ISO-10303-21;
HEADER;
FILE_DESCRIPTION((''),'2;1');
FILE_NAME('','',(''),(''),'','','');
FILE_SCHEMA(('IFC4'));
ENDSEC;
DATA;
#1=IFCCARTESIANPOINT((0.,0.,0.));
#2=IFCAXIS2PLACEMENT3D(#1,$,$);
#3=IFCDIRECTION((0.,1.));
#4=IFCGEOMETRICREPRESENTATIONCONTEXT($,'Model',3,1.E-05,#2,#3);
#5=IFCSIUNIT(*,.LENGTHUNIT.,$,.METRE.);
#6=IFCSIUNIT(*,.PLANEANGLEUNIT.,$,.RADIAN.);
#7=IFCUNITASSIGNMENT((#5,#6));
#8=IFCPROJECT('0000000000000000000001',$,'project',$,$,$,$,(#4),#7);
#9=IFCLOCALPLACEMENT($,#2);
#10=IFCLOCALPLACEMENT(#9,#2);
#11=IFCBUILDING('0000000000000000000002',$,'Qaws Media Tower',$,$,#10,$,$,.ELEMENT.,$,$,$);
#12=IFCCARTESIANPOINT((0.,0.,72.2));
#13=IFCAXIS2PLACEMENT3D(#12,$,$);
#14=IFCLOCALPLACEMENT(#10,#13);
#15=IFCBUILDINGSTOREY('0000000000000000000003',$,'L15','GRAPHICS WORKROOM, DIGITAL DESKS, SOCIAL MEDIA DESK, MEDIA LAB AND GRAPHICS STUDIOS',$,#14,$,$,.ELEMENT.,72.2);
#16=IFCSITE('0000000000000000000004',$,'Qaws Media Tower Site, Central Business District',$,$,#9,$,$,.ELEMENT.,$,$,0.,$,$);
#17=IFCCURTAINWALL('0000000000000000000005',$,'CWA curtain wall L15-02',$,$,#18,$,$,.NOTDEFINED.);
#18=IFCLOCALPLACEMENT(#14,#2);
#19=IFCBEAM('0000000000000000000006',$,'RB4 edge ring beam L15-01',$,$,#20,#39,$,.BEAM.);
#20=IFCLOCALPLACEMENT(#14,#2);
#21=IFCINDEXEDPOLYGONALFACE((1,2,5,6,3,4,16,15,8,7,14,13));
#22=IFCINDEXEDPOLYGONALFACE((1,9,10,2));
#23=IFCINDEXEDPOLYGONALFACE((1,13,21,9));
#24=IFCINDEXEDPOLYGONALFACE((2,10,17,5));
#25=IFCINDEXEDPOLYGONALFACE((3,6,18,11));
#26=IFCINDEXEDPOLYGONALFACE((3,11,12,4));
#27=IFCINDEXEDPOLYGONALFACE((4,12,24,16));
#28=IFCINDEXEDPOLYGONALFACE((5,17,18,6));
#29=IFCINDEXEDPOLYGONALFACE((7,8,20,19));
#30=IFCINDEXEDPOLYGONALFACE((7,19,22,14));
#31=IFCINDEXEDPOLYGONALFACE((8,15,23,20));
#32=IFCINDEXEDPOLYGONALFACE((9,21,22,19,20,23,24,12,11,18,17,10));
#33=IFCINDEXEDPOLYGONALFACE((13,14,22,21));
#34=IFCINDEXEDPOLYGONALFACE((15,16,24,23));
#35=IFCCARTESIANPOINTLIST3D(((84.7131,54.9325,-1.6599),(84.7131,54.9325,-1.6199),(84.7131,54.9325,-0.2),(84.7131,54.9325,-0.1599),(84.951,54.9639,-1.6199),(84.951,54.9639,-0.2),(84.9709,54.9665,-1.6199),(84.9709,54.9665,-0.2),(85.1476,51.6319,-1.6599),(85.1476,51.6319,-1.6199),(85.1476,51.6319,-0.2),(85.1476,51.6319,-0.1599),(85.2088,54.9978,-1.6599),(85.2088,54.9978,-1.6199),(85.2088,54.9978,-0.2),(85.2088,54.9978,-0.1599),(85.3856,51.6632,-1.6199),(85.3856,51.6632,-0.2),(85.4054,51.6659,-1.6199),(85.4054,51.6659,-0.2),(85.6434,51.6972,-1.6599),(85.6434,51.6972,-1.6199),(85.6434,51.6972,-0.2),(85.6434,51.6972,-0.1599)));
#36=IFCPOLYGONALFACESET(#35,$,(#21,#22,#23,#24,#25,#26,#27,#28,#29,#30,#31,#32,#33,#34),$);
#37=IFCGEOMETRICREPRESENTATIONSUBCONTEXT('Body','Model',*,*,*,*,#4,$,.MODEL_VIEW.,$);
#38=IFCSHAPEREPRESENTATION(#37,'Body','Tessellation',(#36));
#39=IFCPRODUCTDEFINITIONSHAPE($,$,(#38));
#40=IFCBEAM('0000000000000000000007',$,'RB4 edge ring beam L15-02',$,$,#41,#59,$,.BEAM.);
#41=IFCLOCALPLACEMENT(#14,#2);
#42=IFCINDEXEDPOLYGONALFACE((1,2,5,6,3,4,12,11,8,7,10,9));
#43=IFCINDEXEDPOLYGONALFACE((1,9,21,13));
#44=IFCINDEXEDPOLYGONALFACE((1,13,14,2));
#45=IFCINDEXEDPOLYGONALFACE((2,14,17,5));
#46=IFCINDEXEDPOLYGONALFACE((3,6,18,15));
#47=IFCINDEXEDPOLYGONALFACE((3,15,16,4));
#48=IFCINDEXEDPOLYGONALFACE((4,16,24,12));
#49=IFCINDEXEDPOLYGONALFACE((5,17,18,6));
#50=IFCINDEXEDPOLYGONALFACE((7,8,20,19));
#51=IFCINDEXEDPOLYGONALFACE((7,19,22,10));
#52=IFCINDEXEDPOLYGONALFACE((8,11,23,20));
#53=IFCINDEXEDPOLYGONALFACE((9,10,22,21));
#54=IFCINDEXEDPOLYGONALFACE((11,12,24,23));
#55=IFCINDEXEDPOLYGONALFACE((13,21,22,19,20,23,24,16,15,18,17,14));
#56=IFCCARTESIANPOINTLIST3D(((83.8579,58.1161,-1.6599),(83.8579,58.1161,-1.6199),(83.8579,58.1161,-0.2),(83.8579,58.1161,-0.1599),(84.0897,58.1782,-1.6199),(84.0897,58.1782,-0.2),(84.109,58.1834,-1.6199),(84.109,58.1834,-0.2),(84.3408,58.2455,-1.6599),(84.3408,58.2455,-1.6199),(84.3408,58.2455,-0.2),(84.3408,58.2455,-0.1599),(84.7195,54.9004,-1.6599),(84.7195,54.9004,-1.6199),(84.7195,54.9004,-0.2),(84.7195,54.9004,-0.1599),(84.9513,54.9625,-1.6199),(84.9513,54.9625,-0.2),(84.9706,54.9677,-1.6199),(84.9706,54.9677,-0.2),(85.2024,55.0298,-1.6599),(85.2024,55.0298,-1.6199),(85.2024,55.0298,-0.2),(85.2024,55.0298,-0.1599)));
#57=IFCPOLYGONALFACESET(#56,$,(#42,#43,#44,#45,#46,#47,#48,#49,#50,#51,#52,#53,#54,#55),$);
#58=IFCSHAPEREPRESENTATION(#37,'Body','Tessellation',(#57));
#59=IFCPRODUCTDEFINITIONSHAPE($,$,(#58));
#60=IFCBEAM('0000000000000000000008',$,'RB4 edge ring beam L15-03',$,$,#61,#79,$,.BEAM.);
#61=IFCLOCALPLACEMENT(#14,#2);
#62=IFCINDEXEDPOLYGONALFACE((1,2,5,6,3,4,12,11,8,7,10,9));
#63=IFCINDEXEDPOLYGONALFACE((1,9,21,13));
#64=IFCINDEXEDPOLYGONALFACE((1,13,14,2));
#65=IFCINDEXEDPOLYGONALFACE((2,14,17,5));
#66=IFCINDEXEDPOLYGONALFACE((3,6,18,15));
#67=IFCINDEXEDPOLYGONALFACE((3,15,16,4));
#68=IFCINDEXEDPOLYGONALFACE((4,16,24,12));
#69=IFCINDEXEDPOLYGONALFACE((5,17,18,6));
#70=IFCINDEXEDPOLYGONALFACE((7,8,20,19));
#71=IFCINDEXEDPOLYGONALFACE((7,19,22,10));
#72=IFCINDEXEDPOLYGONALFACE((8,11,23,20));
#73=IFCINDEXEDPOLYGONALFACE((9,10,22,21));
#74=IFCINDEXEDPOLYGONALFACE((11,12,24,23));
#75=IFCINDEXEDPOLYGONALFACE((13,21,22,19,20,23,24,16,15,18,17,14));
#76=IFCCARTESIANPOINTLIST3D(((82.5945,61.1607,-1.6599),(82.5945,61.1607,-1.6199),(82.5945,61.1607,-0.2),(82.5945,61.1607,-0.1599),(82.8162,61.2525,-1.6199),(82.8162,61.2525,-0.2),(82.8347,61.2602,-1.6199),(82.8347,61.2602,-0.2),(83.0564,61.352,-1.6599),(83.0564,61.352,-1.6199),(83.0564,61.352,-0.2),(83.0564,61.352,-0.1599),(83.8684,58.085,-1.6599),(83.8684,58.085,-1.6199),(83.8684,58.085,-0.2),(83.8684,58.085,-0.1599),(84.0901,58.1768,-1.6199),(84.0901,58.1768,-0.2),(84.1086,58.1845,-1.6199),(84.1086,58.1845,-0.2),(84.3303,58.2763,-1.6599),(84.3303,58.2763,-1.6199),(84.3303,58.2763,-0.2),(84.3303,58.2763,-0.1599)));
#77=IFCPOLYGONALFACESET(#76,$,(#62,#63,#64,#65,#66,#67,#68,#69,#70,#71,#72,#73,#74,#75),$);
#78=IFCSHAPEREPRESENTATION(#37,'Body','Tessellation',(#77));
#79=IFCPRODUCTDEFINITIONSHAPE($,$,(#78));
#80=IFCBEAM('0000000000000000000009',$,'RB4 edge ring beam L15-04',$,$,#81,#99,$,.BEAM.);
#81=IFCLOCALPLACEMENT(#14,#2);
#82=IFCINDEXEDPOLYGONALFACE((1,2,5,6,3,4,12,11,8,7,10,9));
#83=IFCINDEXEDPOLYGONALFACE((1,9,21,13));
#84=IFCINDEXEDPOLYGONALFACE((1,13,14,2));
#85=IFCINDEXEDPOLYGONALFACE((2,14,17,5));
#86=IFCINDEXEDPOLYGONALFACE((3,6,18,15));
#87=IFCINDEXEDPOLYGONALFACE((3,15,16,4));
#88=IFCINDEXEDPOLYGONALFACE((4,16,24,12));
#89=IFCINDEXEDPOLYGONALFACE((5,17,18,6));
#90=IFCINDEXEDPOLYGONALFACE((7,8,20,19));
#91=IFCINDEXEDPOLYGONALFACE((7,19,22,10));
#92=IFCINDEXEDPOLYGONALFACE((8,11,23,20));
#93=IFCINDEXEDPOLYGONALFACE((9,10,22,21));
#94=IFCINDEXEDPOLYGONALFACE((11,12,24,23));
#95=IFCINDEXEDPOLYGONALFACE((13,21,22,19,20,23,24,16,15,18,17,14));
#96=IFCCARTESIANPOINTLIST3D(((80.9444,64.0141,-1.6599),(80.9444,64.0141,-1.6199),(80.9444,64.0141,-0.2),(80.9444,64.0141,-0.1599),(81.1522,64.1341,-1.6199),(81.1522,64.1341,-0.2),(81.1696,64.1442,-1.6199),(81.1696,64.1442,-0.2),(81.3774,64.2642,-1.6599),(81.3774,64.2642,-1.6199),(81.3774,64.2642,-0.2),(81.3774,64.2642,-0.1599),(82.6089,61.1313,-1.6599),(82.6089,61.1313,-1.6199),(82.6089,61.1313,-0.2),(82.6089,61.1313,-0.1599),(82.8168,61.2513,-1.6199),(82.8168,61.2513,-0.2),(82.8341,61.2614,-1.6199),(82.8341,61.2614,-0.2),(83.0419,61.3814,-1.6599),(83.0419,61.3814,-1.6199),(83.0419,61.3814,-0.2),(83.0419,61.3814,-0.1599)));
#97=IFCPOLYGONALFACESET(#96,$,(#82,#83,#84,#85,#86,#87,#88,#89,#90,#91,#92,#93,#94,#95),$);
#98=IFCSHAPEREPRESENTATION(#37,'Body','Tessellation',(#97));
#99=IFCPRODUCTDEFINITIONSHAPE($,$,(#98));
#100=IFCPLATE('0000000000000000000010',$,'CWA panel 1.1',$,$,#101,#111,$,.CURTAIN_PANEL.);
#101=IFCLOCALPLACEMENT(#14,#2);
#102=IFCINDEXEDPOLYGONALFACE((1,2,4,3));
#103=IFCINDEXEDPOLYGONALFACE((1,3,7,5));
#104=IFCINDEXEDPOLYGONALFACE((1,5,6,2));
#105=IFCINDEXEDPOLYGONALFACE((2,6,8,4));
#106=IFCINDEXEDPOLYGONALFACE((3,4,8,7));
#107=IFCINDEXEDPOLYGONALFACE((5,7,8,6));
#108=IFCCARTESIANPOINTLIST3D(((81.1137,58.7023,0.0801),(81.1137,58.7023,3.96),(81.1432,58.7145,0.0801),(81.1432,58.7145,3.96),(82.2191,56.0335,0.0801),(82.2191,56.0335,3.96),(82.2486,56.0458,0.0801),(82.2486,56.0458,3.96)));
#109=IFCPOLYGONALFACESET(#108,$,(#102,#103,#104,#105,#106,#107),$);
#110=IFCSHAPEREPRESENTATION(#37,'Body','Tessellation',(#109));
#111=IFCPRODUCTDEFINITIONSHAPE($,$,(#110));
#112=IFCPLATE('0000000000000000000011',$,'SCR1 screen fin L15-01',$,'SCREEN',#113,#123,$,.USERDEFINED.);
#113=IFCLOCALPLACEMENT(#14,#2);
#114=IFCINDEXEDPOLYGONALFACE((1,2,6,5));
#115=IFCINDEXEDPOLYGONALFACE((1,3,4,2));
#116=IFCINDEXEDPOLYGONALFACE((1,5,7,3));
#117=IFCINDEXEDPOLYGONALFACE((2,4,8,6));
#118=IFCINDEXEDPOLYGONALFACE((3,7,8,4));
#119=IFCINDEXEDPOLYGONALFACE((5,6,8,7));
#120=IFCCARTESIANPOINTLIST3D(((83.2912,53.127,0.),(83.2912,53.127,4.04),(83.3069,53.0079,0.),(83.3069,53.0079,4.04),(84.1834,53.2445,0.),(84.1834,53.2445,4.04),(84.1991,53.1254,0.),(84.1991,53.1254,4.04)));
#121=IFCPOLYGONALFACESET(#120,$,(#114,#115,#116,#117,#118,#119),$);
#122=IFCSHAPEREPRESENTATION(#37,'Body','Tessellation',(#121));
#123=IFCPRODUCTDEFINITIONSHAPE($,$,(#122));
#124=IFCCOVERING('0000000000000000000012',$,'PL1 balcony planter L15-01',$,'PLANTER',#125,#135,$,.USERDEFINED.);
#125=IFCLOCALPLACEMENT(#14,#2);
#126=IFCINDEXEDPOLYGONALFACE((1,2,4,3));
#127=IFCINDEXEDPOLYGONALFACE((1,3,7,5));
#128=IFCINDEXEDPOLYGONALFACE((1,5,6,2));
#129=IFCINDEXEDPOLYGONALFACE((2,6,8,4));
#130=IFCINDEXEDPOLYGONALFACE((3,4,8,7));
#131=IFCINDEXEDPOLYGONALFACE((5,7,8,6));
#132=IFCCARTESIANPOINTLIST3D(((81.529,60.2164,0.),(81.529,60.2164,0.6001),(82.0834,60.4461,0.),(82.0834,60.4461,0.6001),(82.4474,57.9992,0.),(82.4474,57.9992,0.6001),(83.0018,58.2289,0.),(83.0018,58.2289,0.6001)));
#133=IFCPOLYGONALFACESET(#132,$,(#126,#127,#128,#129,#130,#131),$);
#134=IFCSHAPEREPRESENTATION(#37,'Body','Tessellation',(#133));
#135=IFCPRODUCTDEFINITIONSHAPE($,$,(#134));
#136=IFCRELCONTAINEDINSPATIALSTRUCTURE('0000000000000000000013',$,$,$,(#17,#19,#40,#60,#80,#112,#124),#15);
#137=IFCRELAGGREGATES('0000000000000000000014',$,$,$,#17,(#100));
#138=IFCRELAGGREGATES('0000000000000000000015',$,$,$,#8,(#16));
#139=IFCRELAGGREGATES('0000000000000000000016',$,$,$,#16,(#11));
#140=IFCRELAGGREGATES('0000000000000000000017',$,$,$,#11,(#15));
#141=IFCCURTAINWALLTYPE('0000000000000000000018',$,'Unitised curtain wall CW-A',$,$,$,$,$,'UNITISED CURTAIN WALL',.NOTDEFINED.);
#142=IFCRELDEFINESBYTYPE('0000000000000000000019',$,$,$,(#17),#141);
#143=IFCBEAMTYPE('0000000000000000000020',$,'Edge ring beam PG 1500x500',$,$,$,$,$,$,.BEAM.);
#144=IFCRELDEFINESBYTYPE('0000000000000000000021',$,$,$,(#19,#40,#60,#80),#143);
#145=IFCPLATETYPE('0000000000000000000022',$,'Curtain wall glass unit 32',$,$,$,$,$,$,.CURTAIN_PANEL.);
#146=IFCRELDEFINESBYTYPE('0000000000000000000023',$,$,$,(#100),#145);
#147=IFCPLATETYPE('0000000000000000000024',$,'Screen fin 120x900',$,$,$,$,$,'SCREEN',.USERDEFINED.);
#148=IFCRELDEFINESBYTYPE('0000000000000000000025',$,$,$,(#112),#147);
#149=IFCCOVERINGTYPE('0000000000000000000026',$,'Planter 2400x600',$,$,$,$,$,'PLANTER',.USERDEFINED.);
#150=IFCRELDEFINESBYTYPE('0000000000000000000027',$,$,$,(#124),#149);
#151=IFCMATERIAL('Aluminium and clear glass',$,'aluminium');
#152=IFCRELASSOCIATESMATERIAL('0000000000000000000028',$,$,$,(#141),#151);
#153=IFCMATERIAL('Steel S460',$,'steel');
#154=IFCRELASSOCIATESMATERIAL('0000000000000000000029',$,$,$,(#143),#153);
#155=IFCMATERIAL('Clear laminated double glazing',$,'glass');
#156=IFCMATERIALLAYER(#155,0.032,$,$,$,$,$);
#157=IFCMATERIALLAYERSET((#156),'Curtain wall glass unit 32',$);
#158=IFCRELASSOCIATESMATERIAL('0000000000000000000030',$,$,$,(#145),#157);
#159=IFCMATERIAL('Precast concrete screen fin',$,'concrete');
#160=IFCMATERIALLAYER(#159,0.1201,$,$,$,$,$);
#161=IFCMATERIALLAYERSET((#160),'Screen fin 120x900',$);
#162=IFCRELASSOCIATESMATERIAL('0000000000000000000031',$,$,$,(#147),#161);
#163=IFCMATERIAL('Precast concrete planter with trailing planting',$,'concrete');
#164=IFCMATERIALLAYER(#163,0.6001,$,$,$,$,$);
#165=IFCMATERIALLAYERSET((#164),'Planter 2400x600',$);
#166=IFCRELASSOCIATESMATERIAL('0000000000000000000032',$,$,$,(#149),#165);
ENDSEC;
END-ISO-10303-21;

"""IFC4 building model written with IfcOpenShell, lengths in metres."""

from ifc_helpers import new_model, si_unit, direction, frame, origin, origin_2d, place, context, subcontext, project, spatial, rectangle, i_section, extrude, material, layer, layer_set, material_profile, profile_set, type_object, element, aggregate, save


model = new_model("IFC4")

# Units and contexts
model_context = context("Model", 3, precision=1e-05, world=origin(), true_north=direction((0.0, 1.0)))
body_context = subcontext(model_context, "Body", "Model", "MODEL_VIEW")
ifc_project = project(units=[si_unit("LENGTHUNIT", "METRE"), si_unit("PLANEANGLEUNIT", "RADIAN")], contexts=[model_context])

# Site, building, storey
site_placement = place(None, origin())
site = spatial("IfcSite", under=ifc_project, at=site_placement, Name="Qaws Media Tower Site, Central Business District", CompositionType="ELEMENT", RefElevation=0.0)
building_placement = place(site_placement, origin())
building = spatial("IfcBuilding", under=site, at=building_placement, Name="Qaws Media Tower", CompositionType="ELEMENT")
storey_placement = place(building_placement, frame((0.0, 0.0, 72.2)))
storey = spatial("IfcBuildingStorey", under=building, at=storey_placement, Name="L15", Description="GRAPHICS WORKROOM, DIGITAL DESKS, SOCIAL MEDIA DESK, MEDIA LAB AND GRAPHICS STUDIOS", CompositionType="ELEMENT", Elevation=72.2)

# Curtain wall
ifc_material_1 = material(Name="Aluminium and clear glass", Category="aluminium")
curtain_wall_type = type_object("IfcCurtainWallType", Name="Unitised curtain wall CW-A", ElementType="UNITISED CURTAIN WALL", PredefinedType="NOTDEFINED", material=ifc_material_1)
curtain_wall_1_placement = place(storey_placement, origin())
curtain_wall_1 = element("IfcCurtainWall", 1, at=curtain_wall_1_placement, inside=storey, type_object=curtain_wall_type, Name="CWA curtain wall L15-02", PredefinedType="NOTDEFINED")

# Beams
ifc_material_2 = material(Name="Steel S460", Category="steel")
ifc_material_profile_1 = material_profile(ifc_material_2, i_section(OverallWidth=0.5, OverallDepth=1.5, WebThickness=0.02, FlangeThickness=0.04, at=origin_2d()), Name="PG 1500x500")
ifc_profile_set_1 = profile_set([ifc_material_profile_1], Name="Steel S460")
beam_type = type_object("IfcBeamType", Name="Edge ring beam PG 1500x500", PredefinedType="BEAM", material=ifc_profile_set_1)
for number, where, z_axis, x_axis, name in (
    (2, (85.3955, 51.6646, -0.9099), (-0.13054, 0.991443, 0.0), (-0.991443, -0.13054, 0.0), "RB4 edge ring beam L15-01"),
    (3, (84.9609, 54.9651, -0.9099), (-0.258808, 0.965929, 0.0), (-0.965929, -0.258808, 0.0), "RB4 edge ring beam L15-02"),
    (4, (84.0994, 58.1807, -0.9099), (-0.382667, 0.923886, 0.0), (-0.923886, -0.382667, 0.0), "RB4 edge ring beam L15-03"),
):
    element("IfcBeam", number, at=place(storey_placement, frame(where, z_axis=z_axis, x_axis=x_axis)), inside=storey, type_object=beam_type, Name=name, PredefinedType="BEAM", context=body_context, shape_type="SweptSolid", body=[
        extrude(i_section(OverallWidth=0.5, OverallDepth=1.5, WebThickness=0.02, FlangeThickness=0.04, at=origin_2d()), origin(), (0.0, 0.0, 1.0), 3.3291),
    ])
beam_placement = place(storey_placement, frame((82.8254, 61.2563, -0.9099), z_axis=(-0.500036, 0.866005, 0.0), x_axis=(-0.866005, -0.500036, 0.0)))
element("IfcBeam", 5, at=beam_placement, inside=storey, type_object=beam_type, Name="RB4 edge ring beam L15-04", PredefinedType="BEAM", context=body_context, shape_type="SweptSolid", body=[
    extrude(i_section(OverallWidth=0.5, OverallDepth=1.5, WebThickness=0.02, FlangeThickness=0.04, at=origin_2d()), origin(), (0.0, 0.0, 1.0), 3.3289),
])

# Plates
ifc_material_3 = material(Name="Clear laminated double glazing", Category="glass")
ifc_layer_1 = layer(ifc_material_3, 0.032)
ifc_layer_set_1 = layer_set([ifc_layer_1], Name="Curtain wall glass unit 32")
plate_type_1 = type_object("IfcPlateType", Name="Curtain wall glass unit 32", PredefinedType="CURTAIN_PANEL", material=ifc_layer_set_1)
plate_1_placement = place(storey_placement, frame((81.6812, 57.374, 0.0801), z_axis=(0.0, 0.0, 1.0), x_axis=(-0.382683, 0.92388, 0.0)))
plate_1 = element("IfcPlate", 6, at=plate_1_placement, type_object=plate_type_1, Name="CWA panel 1.1", PredefinedType="CURTAIN_PANEL", context=body_context, shape_type="SweptSolid", body=[
    extrude(rectangle(XDim=2.8887, YDim=0.032, at=origin_2d()), origin(), (0.0, 0.0, 1.0), 3.8799),
])
aggregate(curtain_wall_1, [plate_1])
ifc_material_4 = material(Name="Precast concrete screen fin", Category="concrete")
ifc_layer_2 = layer(ifc_material_4, 0.1201)
ifc_layer_set_2 = layer_set([ifc_layer_2], Name="Screen fin 120x900")
plate_type_2 = type_object("IfcPlateType", Name="Screen fin 120x900", ElementType="SCREEN", PredefinedType="USERDEFINED", material=ifc_layer_set_2)
plate_2_placement = place(storey_placement, frame((83.7451, 53.1262, 0.0), z_axis=(0.0, 0.0, 1.0), x_axis=(0.991445, 0.130526, 0.0)))
element("IfcPlate", 7, at=plate_2_placement, inside=storey, type_object=plate_type_2, Name="SCR1 screen fin L15-01", ObjectType="SCREEN", PredefinedType="USERDEFINED", context=body_context, shape_type="SweptSolid", body=[
    extrude(rectangle(XDim=0.8999, YDim=0.1201, at=origin_2d()), origin(), (0.0, 0.0, 1.0), 4.04),
])

# Covering
ifc_material_5 = material(Name="Precast concrete planter with trailing planting", Category="concrete")
ifc_layer_3 = layer(ifc_material_5, 0.6001)
ifc_layer_set_3 = layer_set([ifc_layer_3], Name="Planter 2400x600")
covering_type = type_object("IfcCoveringType", Name="Planter 2400x600", ElementType="PLANTER", PredefinedType="USERDEFINED", material=ifc_layer_set_3)
covering_placement = place(storey_placement, frame((82.2654, 59.2227, 0.0), z_axis=(0.0, 0.0, 1.0), x_axis=(-0.382683, 0.92388, 0.0)))
element("IfcCovering", 8, at=covering_placement, inside=storey, type_object=covering_type, Name="PL1 balcony planter L15-01", ObjectType="PLANTER", PredefinedType="USERDEFINED", context=body_context, shape_type="SweptSolid", body=[
    extrude(rectangle(XDim=2.3999, YDim=0.6001, at=origin_2d()), origin(), (0.0, 0.0, 1.0), 0.6001),
])

save(model, "model.ifc")
